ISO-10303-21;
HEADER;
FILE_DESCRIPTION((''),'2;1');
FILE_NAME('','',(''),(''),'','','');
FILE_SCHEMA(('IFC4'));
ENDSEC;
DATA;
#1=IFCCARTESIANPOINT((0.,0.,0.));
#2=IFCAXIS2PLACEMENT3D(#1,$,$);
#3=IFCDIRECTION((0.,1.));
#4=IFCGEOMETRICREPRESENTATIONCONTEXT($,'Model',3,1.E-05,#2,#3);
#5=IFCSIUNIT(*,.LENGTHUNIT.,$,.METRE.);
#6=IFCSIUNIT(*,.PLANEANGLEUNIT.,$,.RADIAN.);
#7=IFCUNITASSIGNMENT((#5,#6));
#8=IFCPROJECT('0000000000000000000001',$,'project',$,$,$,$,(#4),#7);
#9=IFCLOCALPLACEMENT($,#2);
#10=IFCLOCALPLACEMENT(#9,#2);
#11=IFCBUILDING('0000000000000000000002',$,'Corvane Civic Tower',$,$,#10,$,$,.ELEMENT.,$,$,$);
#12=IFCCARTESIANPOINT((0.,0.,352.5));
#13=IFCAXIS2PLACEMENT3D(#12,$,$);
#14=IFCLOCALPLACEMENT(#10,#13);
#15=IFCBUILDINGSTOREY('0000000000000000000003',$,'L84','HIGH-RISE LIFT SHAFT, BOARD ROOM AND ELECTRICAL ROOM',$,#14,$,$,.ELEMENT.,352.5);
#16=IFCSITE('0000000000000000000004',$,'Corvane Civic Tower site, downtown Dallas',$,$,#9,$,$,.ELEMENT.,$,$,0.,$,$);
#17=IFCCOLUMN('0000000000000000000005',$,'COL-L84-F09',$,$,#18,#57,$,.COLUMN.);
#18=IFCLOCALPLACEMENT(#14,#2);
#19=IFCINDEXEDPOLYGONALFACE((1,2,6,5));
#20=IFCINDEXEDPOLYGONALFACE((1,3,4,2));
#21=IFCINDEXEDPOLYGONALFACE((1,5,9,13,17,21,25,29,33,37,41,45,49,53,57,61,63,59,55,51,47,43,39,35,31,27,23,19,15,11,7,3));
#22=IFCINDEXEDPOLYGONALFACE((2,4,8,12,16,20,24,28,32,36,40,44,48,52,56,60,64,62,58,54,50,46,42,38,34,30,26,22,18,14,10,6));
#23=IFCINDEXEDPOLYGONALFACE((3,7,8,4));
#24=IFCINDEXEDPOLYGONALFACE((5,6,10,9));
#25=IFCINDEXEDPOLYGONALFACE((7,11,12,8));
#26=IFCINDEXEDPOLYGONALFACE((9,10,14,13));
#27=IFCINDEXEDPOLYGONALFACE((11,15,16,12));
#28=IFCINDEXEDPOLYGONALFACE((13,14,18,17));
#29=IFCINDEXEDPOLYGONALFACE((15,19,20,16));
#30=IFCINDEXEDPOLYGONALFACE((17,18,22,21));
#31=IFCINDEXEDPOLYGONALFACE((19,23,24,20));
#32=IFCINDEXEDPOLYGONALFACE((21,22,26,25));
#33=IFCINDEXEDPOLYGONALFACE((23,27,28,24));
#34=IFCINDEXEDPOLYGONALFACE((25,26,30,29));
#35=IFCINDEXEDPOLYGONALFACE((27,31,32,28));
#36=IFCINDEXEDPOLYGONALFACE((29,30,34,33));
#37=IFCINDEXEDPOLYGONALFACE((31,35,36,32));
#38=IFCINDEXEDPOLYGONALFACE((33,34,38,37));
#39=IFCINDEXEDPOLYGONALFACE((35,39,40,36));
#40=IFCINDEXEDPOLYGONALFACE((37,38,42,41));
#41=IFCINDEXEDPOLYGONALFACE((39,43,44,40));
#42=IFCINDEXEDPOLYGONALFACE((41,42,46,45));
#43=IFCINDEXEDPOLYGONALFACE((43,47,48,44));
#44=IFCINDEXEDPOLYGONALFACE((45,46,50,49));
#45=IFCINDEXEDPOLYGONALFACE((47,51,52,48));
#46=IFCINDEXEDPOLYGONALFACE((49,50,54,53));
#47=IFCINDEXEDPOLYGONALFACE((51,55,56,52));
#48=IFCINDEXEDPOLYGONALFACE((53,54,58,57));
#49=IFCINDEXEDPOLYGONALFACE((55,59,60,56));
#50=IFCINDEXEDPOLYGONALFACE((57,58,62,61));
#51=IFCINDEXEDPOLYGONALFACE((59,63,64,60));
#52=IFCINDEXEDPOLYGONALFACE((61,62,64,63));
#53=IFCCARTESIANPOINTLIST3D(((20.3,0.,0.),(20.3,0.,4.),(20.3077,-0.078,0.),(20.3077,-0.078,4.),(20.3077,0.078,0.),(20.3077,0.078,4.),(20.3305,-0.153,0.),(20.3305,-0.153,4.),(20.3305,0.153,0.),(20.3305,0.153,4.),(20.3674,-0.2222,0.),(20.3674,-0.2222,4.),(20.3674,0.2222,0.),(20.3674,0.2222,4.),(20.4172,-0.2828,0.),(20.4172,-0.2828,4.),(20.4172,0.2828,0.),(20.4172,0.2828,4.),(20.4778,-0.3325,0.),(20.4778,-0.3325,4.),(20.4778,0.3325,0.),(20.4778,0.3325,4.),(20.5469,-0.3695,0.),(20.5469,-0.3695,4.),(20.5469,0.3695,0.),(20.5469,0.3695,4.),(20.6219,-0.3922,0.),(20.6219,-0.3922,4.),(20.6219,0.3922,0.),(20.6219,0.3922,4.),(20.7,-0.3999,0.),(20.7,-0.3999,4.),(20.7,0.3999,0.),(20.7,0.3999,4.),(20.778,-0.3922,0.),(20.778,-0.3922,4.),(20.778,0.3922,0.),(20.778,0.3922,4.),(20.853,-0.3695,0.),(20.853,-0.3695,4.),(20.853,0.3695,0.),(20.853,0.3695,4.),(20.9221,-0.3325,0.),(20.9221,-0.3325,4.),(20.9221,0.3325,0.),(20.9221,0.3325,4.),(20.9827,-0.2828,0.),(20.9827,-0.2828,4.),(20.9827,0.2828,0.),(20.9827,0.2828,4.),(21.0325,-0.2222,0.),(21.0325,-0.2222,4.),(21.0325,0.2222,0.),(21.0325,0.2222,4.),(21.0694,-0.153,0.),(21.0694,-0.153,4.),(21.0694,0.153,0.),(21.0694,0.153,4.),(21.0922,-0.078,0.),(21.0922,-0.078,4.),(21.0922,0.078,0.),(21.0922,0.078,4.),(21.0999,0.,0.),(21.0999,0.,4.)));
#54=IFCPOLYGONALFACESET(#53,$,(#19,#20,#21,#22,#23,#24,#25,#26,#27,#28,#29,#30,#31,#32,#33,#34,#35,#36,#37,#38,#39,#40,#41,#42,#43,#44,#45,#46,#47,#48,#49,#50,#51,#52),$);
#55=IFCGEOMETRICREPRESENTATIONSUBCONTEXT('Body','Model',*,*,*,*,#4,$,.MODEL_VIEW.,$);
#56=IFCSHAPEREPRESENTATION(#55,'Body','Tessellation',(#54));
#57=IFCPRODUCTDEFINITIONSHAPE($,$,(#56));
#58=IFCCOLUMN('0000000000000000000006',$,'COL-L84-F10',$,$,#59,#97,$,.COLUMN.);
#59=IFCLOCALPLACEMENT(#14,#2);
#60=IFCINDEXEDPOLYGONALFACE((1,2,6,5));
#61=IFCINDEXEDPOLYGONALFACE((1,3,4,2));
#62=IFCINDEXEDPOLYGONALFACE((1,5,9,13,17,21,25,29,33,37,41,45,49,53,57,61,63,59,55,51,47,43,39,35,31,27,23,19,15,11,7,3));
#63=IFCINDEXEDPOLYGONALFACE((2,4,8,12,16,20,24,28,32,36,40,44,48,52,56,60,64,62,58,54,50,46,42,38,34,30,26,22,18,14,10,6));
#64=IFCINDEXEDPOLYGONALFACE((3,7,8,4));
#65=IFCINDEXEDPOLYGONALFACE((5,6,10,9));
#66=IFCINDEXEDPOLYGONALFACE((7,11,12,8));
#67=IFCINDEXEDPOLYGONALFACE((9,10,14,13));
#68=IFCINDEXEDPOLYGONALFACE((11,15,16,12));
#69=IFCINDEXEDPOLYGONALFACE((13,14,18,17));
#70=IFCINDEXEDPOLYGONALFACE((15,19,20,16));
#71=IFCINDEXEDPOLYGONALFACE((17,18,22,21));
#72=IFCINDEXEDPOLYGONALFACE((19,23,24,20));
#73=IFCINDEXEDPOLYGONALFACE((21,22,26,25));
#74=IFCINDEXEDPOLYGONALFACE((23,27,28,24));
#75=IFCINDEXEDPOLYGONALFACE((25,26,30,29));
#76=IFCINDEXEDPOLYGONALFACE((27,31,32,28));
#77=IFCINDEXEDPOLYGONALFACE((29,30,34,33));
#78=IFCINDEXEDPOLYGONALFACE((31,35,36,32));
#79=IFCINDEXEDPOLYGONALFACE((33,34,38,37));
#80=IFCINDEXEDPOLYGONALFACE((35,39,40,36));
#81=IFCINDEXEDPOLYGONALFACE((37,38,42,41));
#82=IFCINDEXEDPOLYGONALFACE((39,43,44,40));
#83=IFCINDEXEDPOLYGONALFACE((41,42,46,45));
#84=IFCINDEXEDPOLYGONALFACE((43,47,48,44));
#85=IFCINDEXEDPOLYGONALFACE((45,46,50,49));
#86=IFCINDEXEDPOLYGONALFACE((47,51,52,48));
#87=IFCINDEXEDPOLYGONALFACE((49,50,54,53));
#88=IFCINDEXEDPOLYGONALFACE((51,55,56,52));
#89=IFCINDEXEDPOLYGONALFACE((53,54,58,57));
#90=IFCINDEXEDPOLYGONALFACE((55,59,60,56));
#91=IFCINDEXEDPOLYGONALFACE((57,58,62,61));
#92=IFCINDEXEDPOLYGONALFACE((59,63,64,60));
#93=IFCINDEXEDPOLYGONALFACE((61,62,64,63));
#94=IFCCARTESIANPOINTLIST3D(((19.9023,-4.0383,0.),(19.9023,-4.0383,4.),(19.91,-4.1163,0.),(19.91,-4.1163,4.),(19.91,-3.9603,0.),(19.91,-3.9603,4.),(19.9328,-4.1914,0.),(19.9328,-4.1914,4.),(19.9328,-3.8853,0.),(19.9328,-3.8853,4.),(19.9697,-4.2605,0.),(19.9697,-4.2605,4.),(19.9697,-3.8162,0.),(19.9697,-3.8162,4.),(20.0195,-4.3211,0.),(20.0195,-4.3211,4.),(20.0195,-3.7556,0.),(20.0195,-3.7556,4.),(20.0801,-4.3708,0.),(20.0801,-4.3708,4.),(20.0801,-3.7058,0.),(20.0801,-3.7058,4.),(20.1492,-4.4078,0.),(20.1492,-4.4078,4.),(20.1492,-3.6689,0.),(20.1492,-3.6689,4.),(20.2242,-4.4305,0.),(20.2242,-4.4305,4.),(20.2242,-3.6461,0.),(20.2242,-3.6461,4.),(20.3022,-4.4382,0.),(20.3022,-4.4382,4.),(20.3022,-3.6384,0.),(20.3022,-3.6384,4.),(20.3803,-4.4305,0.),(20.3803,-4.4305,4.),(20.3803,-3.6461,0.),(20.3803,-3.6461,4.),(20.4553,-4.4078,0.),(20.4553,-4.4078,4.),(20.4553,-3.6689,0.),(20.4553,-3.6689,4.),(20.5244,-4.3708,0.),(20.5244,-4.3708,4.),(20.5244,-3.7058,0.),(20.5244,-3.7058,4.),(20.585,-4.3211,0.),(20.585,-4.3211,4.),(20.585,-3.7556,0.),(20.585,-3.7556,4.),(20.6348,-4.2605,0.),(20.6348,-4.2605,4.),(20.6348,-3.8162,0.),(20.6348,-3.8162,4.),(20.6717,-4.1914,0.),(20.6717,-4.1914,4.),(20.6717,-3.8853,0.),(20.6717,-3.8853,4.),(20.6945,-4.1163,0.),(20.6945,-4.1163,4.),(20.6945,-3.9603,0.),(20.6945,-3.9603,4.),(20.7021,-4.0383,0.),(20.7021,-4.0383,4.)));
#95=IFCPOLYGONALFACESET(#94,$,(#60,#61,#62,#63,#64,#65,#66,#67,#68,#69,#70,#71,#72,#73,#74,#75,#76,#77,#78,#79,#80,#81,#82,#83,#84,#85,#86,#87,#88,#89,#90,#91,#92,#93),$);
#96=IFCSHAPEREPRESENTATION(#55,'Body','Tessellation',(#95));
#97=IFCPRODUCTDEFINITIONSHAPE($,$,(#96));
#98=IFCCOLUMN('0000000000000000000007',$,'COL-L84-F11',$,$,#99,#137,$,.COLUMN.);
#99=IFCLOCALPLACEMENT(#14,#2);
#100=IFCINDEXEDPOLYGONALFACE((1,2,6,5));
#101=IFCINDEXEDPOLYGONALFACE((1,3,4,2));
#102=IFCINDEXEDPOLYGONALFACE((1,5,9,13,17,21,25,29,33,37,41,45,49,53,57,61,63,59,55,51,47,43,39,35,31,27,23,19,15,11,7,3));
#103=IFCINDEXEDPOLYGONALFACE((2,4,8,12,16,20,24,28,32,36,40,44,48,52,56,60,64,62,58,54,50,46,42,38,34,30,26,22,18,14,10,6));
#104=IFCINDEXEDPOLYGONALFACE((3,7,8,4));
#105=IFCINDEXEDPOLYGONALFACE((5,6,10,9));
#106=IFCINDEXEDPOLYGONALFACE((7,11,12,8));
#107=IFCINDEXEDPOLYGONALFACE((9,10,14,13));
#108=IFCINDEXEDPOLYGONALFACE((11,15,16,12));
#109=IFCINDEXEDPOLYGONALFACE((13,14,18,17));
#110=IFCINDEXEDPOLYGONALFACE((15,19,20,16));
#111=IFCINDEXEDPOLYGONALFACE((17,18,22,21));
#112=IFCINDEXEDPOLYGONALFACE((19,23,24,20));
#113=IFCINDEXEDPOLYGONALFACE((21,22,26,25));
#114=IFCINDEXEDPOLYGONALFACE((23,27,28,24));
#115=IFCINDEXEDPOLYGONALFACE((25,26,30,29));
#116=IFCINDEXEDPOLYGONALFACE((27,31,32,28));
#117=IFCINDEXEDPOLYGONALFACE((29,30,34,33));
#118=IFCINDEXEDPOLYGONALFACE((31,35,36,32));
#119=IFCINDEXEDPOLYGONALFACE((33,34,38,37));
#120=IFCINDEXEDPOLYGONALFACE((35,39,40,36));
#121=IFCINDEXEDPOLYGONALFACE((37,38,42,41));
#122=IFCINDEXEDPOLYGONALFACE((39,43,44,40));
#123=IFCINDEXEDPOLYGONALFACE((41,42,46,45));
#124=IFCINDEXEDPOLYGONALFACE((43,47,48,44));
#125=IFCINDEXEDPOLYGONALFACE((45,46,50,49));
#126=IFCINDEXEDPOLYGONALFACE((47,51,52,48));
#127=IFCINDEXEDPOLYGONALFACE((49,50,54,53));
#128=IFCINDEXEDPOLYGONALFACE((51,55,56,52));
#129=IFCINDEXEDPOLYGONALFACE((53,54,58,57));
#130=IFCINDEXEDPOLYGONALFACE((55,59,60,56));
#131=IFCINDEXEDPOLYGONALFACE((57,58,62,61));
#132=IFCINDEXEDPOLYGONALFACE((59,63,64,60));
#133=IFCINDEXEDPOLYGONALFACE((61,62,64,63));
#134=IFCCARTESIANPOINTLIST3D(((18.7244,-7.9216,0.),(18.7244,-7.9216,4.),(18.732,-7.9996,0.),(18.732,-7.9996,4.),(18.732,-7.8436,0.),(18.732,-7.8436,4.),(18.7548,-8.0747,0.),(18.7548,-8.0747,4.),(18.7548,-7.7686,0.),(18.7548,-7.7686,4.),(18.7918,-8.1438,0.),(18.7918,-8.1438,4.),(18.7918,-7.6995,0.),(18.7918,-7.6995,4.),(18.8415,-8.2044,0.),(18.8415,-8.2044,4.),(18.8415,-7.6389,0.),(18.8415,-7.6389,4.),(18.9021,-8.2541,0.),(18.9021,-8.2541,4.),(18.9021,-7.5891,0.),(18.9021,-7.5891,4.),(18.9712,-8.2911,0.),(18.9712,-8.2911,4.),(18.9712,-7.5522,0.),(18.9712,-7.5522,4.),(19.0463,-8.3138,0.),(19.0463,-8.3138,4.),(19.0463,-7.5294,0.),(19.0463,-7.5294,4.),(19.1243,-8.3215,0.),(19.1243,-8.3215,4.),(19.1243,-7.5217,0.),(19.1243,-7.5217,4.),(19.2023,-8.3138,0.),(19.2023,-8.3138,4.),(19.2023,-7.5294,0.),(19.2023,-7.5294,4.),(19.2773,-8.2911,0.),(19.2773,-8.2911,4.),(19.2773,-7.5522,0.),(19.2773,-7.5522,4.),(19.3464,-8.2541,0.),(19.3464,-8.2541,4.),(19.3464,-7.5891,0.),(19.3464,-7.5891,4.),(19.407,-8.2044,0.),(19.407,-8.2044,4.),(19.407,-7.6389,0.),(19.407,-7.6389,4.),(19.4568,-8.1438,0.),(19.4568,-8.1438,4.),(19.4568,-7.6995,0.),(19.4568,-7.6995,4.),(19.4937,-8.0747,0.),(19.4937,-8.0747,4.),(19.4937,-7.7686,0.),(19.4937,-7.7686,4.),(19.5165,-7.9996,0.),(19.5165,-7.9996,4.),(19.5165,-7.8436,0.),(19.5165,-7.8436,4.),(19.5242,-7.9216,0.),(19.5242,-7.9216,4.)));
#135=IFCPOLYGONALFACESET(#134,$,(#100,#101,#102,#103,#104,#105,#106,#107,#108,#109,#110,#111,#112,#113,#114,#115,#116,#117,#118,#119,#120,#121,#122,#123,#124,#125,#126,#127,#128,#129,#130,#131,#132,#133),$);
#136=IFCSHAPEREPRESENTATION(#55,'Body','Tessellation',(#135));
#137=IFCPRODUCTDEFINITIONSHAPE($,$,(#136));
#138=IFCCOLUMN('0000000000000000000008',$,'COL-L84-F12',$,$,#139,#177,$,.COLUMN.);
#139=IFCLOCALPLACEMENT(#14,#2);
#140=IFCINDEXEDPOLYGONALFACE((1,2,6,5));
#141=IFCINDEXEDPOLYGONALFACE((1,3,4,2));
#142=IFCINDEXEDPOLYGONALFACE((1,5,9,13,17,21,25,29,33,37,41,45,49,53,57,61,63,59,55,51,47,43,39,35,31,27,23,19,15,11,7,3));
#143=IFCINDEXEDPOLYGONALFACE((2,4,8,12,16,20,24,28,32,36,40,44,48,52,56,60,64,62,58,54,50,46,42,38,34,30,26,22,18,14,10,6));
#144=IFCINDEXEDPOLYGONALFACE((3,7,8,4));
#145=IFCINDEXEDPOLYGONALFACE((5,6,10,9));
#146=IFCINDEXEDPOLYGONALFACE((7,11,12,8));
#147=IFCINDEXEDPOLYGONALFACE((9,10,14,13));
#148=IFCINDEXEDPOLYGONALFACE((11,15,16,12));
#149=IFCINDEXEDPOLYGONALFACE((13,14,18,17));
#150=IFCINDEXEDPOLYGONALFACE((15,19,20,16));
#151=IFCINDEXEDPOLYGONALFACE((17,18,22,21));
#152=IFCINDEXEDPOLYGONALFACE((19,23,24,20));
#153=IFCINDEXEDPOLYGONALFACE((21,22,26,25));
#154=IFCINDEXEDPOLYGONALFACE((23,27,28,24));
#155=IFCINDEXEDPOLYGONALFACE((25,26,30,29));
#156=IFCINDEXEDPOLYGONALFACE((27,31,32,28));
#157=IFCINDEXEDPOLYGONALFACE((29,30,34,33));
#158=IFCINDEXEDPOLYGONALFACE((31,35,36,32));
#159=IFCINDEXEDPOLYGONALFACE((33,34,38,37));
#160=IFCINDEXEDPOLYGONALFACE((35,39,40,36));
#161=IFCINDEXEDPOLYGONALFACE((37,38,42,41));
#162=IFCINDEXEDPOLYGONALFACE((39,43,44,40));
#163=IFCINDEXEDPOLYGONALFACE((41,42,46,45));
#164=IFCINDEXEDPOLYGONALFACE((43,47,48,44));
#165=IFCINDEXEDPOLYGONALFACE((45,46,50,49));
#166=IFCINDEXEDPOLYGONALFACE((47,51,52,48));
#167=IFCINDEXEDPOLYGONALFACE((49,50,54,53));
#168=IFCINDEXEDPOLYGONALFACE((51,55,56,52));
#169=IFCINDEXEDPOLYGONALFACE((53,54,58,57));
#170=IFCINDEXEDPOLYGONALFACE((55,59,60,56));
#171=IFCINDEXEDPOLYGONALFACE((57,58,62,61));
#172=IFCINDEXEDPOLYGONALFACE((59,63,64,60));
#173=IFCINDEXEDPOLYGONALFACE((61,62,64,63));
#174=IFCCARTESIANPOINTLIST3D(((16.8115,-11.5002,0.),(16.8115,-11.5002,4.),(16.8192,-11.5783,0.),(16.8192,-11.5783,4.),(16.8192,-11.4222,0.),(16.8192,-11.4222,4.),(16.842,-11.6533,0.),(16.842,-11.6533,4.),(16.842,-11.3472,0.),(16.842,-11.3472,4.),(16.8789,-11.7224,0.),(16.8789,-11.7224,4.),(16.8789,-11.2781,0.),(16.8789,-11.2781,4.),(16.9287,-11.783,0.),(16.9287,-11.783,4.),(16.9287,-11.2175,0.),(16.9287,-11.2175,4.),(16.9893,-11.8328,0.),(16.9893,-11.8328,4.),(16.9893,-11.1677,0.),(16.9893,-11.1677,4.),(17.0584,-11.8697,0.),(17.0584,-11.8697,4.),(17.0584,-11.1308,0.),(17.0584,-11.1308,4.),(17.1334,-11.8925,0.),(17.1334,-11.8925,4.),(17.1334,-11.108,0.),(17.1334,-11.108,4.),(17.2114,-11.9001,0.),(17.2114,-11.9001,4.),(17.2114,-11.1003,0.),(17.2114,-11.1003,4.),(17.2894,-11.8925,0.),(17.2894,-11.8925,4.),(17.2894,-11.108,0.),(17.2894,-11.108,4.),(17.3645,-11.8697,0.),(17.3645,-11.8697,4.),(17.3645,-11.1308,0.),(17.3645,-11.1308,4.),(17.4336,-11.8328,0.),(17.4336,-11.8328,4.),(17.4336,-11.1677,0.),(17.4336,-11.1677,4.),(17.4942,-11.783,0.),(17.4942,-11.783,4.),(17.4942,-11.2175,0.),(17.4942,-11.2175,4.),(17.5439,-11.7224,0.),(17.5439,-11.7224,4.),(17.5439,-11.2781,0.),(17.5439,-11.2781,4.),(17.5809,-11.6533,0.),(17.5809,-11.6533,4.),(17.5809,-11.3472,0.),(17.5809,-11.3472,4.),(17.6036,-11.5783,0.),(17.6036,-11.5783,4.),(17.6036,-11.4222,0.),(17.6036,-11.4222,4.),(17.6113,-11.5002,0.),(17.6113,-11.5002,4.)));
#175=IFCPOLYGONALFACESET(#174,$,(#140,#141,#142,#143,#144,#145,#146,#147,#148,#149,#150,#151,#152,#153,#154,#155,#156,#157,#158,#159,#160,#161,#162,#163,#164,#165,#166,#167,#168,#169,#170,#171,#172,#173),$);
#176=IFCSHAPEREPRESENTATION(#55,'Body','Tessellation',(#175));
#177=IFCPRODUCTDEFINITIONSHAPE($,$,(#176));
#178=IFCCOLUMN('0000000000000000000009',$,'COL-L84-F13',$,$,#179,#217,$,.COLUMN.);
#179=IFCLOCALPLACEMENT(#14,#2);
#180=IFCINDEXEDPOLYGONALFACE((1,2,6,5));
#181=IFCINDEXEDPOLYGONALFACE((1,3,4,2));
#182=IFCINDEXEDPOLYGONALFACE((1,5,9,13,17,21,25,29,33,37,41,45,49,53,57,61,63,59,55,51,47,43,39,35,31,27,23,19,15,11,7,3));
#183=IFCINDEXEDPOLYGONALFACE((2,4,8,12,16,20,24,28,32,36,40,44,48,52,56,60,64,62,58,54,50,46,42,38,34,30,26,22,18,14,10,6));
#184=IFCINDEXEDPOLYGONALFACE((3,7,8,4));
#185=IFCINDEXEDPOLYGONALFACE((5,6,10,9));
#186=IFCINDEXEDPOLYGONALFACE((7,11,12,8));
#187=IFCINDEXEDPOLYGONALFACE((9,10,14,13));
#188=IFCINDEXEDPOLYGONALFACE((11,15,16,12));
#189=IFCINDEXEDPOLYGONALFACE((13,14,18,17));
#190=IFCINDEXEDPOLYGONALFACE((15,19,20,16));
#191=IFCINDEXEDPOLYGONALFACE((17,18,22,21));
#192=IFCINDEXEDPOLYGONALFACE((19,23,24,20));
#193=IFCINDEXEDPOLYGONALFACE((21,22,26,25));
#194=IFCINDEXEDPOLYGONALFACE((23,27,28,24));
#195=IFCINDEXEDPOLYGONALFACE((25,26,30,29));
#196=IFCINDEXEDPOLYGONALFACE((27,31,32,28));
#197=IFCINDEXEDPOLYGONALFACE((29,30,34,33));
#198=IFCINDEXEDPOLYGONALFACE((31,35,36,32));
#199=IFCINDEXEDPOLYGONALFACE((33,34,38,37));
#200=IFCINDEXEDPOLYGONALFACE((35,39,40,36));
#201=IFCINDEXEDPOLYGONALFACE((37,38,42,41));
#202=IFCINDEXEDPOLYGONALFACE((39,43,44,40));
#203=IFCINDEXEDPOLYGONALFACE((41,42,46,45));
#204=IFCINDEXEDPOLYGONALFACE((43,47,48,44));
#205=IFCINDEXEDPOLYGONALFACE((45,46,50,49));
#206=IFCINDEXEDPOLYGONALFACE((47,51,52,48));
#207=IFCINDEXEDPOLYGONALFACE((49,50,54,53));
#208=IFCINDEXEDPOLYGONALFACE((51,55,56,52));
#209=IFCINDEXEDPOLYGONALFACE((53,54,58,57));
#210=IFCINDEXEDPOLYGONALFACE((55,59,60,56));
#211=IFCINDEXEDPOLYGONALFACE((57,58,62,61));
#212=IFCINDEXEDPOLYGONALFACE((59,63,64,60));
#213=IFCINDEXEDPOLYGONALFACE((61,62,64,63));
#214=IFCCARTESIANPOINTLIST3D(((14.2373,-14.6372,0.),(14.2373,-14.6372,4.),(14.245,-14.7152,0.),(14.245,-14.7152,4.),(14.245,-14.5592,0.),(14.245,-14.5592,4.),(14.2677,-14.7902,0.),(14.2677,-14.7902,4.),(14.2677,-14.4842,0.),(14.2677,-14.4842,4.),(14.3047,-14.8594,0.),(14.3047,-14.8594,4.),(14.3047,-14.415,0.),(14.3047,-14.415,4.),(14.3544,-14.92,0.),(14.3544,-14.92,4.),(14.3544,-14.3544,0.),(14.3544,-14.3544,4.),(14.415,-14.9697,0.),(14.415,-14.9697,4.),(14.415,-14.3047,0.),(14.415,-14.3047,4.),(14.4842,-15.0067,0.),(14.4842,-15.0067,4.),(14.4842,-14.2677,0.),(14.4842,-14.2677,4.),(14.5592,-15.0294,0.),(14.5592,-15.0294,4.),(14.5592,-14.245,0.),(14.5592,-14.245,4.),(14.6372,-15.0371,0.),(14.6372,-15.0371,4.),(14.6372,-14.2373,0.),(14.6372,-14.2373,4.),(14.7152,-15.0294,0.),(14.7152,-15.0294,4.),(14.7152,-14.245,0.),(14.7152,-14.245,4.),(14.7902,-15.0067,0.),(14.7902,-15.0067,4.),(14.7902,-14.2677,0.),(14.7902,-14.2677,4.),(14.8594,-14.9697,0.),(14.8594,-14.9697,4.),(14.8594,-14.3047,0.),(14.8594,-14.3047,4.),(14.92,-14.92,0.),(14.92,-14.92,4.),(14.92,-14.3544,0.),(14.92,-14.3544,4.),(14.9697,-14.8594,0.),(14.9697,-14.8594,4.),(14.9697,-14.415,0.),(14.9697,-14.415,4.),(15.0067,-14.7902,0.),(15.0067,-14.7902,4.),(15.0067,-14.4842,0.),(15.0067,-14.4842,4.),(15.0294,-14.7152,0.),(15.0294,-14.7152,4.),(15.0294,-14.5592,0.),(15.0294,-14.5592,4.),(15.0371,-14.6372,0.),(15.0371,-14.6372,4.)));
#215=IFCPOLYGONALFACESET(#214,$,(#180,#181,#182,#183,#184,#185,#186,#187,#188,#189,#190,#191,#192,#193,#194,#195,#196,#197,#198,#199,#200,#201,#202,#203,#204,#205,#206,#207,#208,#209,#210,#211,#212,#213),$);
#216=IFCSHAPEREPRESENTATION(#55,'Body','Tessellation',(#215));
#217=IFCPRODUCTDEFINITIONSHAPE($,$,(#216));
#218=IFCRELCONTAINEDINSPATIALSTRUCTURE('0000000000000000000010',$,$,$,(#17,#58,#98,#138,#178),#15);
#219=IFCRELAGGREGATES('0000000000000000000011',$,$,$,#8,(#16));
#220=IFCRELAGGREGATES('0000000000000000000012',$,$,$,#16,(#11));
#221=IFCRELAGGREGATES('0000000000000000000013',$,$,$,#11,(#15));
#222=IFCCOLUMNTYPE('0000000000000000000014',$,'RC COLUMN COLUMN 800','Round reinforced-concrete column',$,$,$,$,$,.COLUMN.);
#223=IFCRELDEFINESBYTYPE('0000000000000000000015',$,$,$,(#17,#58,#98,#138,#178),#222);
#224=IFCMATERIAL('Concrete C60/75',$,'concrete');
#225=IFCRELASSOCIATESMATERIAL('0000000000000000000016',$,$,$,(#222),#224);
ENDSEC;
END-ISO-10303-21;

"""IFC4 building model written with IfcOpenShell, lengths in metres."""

from ifc_helpers import new_model, si_unit, direction, frame, origin, origin_2d, place, context, subcontext, project, spatial, circle, extrude, material, material_profile, profile_set, type_object, element, save


model = new_model("IFC4")

# Units and contexts
model_context = context("Model", 3, precision=1e-05, world=origin(), true_north=direction((0.0, 1.0)))
body_context = subcontext(model_context, "Body", "Model", "MODEL_VIEW")
ifc_project = project(units=[si_unit("LENGTHUNIT", "METRE"), si_unit("PLANEANGLEUNIT", "RADIAN")], contexts=[model_context])

# Site, building, storey
site_placement = place(None, origin())
site = spatial("IfcSite", under=ifc_project, at=site_placement, Name="Corvane Civic Tower site, downtown Dallas", CompositionType="ELEMENT", RefElevation=0.0)
building_placement = place(site_placement, origin())
building = spatial("IfcBuilding", under=site, at=building_placement, Name="Corvane Civic Tower", CompositionType="ELEMENT")
storey_placement = place(building_placement, frame((0.0, 0.0, 352.5)))
storey = spatial("IfcBuildingStorey", under=building, at=storey_placement, Name="L84", Description="HIGH-RISE LIFT SHAFT, BOARD ROOM AND ELECTRICAL ROOM", CompositionType="ELEMENT", Elevation=352.5)

# Columns
ifc_material_1 = material(Name="Concrete C60/75", Category="concrete")
ifc_material_profile_1 = material_profile(ifc_material_1, circle(Radius=0.3999, at=origin_2d()), Name="COLUMN 800")
ifc_profile_set_1 = profile_set([ifc_material_profile_1], Name="Concrete C60/75")
column_type = type_object("IfcColumnType", Name="RC COLUMN COLUMN 800", Description="Round reinforced-concrete column", PredefinedType="COLUMN", material=ifc_profile_set_1)
for number, where, z_axis, x_axis, name in (
    (1, (20.7, 0.0, 0.0), (0.0, 0.0, 1.0), (1.0, 0.0, 0.0), "COL-L84-F09"),
    (2, (20.3022, -4.0383, 0.0), (0.0, 0.0, 1.0), (1.0, 0.0, 0.0), "COL-L84-F10"),
    (3, (19.1243, -7.9216, 0.0), (0.0, 0.0, 1.0), (1.0, 0.0, 0.0), "COL-L84-F11"),
    (4, (17.2114, -11.5002, 0.0), (0.0, 0.0, 1.0), (1.0, 0.0, 0.0), "COL-L84-F12"),
    (5, (14.6372, -14.6372, 0.0), (0.0, 0.0, 1.0), (1.0, 0.0, 0.0), "COL-L84-F13"),
):
    element("IfcColumn", number, at=place(storey_placement, frame(where, z_axis=z_axis, x_axis=x_axis)), inside=storey, type_object=column_type, Name=name, PredefinedType="COLUMN", context=body_context, shape_type="SweptSolid", body=[
        extrude(circle(Radius=0.3999, at=origin_2d()), origin(), (0.0, 0.0, 1.0), 4.0),
    ])

save(model, "model.ifc")
